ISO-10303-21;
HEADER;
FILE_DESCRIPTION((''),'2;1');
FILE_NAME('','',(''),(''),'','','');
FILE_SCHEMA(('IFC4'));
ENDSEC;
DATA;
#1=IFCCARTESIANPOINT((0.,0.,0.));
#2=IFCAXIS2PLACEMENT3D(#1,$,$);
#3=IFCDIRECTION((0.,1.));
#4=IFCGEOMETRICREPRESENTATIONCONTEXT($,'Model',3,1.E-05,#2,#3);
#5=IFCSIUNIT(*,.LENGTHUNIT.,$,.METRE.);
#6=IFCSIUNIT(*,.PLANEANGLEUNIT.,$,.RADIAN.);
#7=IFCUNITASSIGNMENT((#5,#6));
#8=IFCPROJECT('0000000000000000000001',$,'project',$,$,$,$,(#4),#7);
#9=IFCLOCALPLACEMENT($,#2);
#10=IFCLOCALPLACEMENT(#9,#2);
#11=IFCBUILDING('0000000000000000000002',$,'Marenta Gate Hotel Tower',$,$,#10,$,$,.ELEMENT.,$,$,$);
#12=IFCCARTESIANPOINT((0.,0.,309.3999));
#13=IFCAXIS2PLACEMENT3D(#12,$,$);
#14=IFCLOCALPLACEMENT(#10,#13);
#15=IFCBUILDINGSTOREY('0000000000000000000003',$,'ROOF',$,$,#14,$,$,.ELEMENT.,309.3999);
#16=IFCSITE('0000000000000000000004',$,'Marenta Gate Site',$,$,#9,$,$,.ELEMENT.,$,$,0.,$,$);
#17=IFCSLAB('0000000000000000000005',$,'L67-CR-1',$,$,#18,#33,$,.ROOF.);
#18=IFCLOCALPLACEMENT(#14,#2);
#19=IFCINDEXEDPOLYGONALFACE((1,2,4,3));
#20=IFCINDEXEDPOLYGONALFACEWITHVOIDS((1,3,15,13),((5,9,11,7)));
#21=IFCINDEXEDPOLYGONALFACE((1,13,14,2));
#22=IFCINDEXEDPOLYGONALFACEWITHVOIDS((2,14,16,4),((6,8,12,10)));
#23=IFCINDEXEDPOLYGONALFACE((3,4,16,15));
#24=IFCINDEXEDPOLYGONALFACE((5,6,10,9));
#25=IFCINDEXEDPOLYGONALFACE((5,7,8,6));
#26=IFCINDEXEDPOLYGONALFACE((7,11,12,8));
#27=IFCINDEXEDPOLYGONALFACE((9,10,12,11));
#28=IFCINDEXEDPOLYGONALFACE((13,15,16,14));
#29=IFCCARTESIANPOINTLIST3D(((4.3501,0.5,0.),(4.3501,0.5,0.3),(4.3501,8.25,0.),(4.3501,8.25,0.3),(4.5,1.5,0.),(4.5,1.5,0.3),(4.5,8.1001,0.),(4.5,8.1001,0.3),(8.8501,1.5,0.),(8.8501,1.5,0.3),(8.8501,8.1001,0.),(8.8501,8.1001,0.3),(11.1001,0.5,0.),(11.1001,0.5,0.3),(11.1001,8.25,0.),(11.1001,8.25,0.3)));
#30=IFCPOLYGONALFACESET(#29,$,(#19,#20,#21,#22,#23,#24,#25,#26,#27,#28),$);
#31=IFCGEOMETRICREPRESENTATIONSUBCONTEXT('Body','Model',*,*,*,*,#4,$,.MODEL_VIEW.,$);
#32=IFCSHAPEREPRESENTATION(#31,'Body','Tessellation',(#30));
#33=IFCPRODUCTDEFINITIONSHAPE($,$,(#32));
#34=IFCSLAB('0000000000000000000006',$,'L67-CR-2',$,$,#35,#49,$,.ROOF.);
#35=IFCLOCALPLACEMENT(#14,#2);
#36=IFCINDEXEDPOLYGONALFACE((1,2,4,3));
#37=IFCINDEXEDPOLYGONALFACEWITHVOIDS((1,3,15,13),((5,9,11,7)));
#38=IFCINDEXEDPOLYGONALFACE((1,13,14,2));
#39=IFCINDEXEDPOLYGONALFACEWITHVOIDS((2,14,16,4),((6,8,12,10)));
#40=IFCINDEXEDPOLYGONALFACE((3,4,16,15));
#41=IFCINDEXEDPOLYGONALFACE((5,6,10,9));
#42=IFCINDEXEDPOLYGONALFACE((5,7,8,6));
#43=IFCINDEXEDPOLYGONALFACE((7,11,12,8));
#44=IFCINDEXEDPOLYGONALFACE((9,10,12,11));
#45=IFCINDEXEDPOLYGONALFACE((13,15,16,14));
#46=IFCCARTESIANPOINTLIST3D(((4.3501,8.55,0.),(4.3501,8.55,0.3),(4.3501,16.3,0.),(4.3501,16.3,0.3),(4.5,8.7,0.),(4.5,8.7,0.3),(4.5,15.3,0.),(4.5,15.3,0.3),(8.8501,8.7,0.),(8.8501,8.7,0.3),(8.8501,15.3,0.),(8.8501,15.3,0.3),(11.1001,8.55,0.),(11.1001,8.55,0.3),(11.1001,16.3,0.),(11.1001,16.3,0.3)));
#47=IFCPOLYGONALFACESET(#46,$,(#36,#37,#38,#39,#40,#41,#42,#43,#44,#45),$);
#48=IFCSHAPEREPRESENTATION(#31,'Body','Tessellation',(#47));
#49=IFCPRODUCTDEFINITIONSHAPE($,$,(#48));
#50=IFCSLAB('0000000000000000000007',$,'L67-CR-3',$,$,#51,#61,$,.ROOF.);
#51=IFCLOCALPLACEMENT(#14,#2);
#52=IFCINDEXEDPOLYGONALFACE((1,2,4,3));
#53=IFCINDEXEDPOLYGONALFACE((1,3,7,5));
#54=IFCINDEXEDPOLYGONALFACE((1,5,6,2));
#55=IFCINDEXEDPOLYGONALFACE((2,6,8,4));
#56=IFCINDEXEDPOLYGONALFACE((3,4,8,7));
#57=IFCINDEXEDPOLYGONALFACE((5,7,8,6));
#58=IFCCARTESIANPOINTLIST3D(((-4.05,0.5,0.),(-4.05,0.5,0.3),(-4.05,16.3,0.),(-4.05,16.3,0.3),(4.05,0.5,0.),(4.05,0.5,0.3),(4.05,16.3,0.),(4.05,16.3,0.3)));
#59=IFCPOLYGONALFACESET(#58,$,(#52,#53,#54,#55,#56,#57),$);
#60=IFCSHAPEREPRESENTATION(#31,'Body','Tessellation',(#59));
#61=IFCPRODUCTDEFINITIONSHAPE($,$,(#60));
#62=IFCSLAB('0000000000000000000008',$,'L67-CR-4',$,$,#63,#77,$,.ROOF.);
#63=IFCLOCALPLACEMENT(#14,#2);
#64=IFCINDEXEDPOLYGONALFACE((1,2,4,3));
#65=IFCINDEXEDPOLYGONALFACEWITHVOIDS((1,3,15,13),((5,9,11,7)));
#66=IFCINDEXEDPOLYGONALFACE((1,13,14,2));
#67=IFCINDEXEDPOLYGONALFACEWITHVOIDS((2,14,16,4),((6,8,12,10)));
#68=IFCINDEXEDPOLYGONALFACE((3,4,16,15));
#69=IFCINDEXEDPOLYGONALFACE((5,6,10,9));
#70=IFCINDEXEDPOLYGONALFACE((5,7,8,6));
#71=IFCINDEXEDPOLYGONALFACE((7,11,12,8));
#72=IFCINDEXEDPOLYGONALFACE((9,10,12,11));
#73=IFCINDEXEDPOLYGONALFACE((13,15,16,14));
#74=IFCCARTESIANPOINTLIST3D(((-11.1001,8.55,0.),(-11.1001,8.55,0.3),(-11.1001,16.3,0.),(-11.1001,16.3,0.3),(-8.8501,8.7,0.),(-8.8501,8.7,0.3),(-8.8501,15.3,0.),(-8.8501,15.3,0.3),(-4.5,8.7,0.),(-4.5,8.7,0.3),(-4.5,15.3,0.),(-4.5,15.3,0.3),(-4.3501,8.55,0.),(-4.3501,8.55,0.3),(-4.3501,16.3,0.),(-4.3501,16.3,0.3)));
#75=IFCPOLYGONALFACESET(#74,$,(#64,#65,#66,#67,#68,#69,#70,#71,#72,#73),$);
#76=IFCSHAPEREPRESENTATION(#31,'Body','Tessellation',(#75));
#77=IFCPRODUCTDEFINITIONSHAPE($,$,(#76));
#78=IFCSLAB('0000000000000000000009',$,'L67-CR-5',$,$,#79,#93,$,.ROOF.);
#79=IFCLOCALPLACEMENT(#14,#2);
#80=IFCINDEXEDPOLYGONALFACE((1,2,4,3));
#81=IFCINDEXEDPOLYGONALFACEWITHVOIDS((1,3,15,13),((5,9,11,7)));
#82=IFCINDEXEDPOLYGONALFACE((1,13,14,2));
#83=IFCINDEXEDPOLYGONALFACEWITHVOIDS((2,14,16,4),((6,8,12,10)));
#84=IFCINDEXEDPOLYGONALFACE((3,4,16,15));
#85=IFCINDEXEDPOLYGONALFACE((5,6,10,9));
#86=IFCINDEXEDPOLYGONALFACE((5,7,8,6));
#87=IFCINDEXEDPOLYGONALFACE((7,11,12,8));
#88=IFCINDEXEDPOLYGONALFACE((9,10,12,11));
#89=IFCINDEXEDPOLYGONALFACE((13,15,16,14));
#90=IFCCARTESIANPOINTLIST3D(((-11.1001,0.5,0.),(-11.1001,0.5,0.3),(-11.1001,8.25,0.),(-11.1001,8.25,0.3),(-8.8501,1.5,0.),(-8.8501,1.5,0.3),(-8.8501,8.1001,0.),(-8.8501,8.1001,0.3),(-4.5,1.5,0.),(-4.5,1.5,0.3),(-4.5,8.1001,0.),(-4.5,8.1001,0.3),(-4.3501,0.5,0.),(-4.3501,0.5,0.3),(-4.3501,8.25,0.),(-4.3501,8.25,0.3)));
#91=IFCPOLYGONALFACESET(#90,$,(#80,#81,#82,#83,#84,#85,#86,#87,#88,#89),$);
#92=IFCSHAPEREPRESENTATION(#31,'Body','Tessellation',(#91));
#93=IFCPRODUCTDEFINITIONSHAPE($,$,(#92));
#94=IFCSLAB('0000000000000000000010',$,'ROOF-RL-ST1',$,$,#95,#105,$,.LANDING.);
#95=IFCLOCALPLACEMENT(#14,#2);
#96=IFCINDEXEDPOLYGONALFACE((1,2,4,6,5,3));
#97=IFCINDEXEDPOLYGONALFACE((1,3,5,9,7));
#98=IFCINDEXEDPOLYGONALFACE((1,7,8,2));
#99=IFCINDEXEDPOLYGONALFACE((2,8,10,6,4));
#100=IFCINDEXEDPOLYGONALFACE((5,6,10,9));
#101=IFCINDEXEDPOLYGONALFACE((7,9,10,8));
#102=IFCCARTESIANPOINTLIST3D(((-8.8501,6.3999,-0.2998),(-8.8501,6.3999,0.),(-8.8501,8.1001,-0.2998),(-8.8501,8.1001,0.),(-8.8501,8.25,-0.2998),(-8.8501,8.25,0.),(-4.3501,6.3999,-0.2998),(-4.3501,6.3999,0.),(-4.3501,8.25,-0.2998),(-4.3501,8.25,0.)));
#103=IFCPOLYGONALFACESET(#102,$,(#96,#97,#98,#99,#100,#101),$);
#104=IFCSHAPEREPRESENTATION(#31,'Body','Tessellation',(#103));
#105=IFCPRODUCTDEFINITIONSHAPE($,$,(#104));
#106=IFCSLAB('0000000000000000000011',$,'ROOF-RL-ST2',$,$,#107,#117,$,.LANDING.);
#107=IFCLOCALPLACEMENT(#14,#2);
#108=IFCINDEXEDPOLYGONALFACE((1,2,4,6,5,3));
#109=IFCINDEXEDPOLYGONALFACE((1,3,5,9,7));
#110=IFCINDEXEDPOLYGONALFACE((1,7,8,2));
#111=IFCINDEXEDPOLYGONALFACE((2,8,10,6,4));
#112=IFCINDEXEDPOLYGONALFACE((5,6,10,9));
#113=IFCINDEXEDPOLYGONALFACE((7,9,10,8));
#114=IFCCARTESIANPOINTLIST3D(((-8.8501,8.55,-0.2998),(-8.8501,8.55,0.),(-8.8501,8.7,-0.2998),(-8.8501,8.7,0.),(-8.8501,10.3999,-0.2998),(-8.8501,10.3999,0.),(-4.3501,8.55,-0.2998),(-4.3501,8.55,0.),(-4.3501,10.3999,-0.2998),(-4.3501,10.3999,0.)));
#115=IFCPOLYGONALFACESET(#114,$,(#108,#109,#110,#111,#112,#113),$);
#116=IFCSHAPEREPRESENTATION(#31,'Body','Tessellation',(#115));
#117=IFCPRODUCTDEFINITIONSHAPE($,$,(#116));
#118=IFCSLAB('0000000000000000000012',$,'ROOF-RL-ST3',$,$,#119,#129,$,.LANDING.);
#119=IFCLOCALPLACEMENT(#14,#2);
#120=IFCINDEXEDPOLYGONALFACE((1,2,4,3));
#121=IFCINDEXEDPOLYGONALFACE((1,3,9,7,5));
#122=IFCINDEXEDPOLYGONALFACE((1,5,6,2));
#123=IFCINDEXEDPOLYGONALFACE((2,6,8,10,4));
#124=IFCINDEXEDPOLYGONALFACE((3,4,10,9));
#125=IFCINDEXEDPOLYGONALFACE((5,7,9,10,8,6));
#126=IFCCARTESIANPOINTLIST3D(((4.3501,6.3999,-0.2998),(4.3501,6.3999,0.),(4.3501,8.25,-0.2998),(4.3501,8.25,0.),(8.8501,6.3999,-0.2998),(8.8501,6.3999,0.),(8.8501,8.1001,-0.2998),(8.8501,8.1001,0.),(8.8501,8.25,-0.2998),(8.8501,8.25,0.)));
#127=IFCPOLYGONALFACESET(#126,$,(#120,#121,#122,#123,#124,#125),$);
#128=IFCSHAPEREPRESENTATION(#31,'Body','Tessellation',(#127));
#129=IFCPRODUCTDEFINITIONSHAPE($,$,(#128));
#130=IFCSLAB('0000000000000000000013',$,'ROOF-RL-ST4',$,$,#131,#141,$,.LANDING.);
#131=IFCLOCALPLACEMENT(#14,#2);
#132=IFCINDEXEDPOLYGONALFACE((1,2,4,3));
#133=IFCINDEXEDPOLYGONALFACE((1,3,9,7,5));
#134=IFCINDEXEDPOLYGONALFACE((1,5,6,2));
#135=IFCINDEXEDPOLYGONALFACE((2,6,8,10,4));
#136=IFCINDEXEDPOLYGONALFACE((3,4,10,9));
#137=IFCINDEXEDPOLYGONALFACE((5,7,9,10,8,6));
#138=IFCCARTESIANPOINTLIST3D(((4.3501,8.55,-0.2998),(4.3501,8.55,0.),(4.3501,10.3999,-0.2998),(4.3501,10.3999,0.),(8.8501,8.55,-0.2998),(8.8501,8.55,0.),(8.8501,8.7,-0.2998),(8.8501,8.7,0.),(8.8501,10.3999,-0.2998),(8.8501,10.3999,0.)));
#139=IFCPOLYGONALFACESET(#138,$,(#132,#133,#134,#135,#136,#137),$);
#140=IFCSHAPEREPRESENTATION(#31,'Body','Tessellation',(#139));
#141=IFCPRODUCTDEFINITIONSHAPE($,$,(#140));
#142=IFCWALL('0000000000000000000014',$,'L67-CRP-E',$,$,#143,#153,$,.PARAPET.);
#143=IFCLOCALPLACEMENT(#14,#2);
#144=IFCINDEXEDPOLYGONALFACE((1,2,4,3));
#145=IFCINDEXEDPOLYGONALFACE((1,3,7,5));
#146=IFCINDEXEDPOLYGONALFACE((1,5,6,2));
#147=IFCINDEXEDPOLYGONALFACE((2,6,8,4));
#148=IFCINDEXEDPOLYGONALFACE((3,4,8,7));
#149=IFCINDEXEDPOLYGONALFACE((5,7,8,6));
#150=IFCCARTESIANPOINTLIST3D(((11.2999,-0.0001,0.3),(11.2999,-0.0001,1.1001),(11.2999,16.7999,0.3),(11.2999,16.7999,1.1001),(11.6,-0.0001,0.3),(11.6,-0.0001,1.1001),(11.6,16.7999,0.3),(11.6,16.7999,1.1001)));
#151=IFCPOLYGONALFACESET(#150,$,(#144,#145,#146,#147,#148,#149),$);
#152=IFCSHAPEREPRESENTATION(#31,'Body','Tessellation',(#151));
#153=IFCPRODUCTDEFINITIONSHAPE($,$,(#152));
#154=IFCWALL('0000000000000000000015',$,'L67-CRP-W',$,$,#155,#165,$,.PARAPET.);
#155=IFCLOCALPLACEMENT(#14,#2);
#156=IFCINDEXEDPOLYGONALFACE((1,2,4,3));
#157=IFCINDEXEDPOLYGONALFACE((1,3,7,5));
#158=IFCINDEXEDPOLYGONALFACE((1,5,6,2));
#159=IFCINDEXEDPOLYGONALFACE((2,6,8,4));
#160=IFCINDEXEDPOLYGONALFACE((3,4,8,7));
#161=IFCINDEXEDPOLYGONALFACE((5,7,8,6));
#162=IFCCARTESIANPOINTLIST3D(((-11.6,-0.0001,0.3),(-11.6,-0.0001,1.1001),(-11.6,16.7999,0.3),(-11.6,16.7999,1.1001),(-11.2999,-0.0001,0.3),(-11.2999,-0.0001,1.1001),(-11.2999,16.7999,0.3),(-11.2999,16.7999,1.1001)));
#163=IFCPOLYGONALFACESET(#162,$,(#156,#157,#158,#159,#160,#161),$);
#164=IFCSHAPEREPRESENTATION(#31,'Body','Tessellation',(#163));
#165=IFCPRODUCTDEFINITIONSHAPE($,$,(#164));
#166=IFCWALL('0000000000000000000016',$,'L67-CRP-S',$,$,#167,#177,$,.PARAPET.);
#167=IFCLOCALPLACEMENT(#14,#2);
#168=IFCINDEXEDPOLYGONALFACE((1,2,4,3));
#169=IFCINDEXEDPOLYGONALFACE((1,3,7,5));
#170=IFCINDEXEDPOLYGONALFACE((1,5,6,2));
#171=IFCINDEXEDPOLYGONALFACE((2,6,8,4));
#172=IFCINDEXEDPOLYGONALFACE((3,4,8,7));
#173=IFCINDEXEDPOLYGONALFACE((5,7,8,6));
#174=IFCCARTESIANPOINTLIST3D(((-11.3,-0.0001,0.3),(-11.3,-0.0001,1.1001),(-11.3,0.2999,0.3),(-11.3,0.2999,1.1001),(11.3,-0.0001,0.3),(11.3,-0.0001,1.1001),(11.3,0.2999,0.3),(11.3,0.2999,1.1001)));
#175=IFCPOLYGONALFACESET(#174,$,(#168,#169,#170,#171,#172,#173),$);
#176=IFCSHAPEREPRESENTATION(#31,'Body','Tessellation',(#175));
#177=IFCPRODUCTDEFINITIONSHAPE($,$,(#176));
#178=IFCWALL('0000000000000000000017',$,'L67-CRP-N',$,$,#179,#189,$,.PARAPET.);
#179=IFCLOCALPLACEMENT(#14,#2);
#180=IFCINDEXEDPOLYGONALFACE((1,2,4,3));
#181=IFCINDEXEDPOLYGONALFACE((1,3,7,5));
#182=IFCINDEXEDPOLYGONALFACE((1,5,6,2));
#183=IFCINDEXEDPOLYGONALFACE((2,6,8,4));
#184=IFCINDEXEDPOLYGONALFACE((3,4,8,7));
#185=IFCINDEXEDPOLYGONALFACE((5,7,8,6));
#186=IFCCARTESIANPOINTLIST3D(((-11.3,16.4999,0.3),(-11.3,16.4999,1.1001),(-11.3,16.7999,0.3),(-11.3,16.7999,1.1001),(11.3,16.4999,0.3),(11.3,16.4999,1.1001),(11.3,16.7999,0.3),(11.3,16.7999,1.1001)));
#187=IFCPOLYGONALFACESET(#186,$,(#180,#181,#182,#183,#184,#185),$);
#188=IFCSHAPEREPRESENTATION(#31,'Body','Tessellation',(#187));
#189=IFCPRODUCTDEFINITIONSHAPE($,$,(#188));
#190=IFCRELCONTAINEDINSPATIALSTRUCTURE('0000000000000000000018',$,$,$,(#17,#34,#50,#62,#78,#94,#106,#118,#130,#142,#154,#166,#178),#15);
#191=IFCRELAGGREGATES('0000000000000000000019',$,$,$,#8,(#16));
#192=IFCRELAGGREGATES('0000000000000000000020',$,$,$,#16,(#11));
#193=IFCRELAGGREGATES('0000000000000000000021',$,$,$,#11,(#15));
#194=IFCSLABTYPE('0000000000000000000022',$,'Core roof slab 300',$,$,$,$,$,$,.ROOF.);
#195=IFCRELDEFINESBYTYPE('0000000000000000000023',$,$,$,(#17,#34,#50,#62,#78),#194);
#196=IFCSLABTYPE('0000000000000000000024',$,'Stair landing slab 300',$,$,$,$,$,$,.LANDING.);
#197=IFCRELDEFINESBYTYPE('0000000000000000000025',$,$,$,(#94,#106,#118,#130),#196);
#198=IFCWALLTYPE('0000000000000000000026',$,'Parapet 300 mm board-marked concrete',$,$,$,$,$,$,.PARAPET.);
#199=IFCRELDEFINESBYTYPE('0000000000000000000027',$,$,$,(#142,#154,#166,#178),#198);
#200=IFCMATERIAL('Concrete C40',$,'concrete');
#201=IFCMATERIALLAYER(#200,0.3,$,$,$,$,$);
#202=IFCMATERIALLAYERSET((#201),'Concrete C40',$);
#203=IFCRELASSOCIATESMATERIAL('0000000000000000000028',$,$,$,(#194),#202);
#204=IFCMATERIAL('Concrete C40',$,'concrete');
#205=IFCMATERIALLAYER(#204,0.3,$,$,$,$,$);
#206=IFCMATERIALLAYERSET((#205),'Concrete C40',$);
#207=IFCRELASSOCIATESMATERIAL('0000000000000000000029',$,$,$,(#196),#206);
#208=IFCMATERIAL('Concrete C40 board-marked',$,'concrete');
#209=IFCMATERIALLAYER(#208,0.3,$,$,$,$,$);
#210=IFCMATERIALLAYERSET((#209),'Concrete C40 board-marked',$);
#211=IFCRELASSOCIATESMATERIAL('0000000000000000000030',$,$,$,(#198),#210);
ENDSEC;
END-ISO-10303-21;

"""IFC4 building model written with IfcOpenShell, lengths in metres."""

from ifc_helpers import new_model, si_unit, direction, frame, frame_2d, origin, place, context, subcontext, project, spatial, polyline, rectangle, outline, extrude, material, layer, layer_set, type_object, element, save


model = new_model("IFC4")

# Units and contexts
model_context = context("Model", 3, precision=1e-05, world=origin(), true_north=direction((0.0, 1.0)))
body_context = subcontext(model_context, "Body", "Model", "MODEL_VIEW")
ifc_project = project(units=[si_unit("LENGTHUNIT", "METRE"), si_unit("PLANEANGLEUNIT", "RADIAN")], contexts=[model_context])

# Site, building, storey
site_placement = place(None, origin())
site = spatial("IfcSite", under=ifc_project, at=site_placement, Name="Marenta Gate Site", CompositionType="ELEMENT", RefElevation=0.0)
building_placement = place(site_placement, origin())
building = spatial("IfcBuilding", under=site, at=building_placement, Name="Marenta Gate Hotel Tower", CompositionType="ELEMENT")
storey_placement = place(building_placement, frame((0.0, 0.0, 309.3999)))
storey = spatial("IfcBuildingStorey", under=building, at=storey_placement, Name="ROOF", CompositionType="ELEMENT", Elevation=309.3999)

# Slabs
ifc_material_1 = material(Name="Concrete C40", Category="concrete")
ifc_layer_1 = layer(ifc_material_1, 0.3)
ifc_layer_set_1 = layer_set([ifc_layer_1], Name="Concrete C40")
slab_type_1 = type_object("IfcSlabType", Name="Core roof slab 300", PredefinedType="ROOF", material=ifc_layer_set_1)
slab_1_placement = place(storey_placement, origin())
element("IfcSlab", 1, at=slab_1_placement, inside=storey, type_object=slab_type_1, Name="L67-CR-1", PredefinedType="ROOF", context=body_context, shape_type="SweptSolid", body=[
    extrude(outline(polyline([(4.3501, 0.5), (4.3501, 8.25), (11.1001, 8.25), (11.1001, 0.5), (4.3501, 0.5)]), holes=[polyline([(8.8501, 8.1001), (4.5, 8.1001), (4.5, 1.5), (8.8501, 1.5), (8.8501, 8.1001)])]), origin(), (0.0, 0.0, 1.0), 0.3),
])
slab_2_placement = place(storey_placement, origin())
element("IfcSlab", 2, at=slab_2_placement, inside=storey, type_object=slab_type_1, Name="L67-CR-2", PredefinedType="ROOF", context=body_context, shape_type="SweptSolid", body=[
    extrude(outline(polyline([(4.3501, 8.55), (4.3501, 16.3), (11.1001, 16.3), (11.1001, 8.55), (4.3501, 8.55)]), holes=[polyline([(8.8501, 15.3), (4.5, 15.3), (4.5, 8.7), (8.8501, 8.7), (8.8501, 15.3)])]), origin(), (0.0, 0.0, 1.0), 0.3),
])
slab_3_placement = place(storey_placement, origin())
element("IfcSlab", 3, at=slab_3_placement, inside=storey, type_object=slab_type_1, Name="L67-CR-3", PredefinedType="ROOF", context=body_context, shape_type="SweptSolid", body=[
    extrude(outline(polyline([(4.05, 16.3), (4.05, 0.5), (-4.05, 0.5), (-4.05, 16.3), (4.05, 16.3)])), origin(), (0.0, 0.0, 1.0), 0.3),
])
slab_4_placement = place(storey_placement, origin())
element("IfcSlab", 4, at=slab_4_placement, inside=storey, type_object=slab_type_1, Name="L67-CR-4", PredefinedType="ROOF", context=body_context, shape_type="SweptSolid", body=[
    extrude(outline(polyline([(-4.3501, 8.55), (-11.1001, 8.55), (-11.1001, 16.3), (-4.3501, 16.3), (-4.3501, 8.55)]), holes=[polyline([(-4.5, 15.3), (-8.8501, 15.3), (-8.8501, 8.7), (-4.5, 8.7), (-4.5, 15.3)])]), origin(), (0.0, 0.0, 1.0), 0.3),
])
slab_5_placement = place(storey_placement, origin())
element("IfcSlab", 5, at=slab_5_placement, inside=storey, type_object=slab_type_1, Name="L67-CR-5", PredefinedType="ROOF", context=body_context, shape_type="SweptSolid", body=[
    extrude(outline(polyline([(-4.3501, 8.25), (-4.3501, 0.5), (-11.1001, 0.5), (-11.1001, 8.25), (-4.3501, 8.25)]), holes=[polyline([(-4.5, 8.1001), (-8.8501, 8.1001), (-8.8501, 1.5), (-4.5, 1.5), (-4.5, 8.1001)])]), origin(), (0.0, 0.0, 1.0), 0.3),
])
ifc_material_2 = material(Name="Concrete C40", Category="concrete")
ifc_layer_2 = layer(ifc_material_2, 0.3)
ifc_layer_set_2 = layer_set([ifc_layer_2], Name="Concrete C40")
slab_type_2 = type_object("IfcSlabType", Name="Stair landing slab 300", PredefinedType="LANDING", material=ifc_layer_set_2)
slab_6_placement = place(storey_placement, frame((0.0, 0.0, -0.2998)))
element("IfcSlab", 6, at=slab_6_placement, inside=storey, type_object=slab_type_2, Name="ROOF-RL-ST1", PredefinedType="LANDING", context=body_context, shape_type="SweptSolid", body=[
    extrude(outline(polyline([(-4.3501, 6.3999), (-8.8501, 6.3999), (-8.8501, 8.1001), (-8.8501, 8.25), (-4.3501, 8.25), (-4.3501, 6.3999)])), origin(), (0.0, 0.0, 1.0), 0.2998),
])
slab_7_placement = place(storey_placement, frame((0.0, 0.0, -0.2998)))
element("IfcSlab", 7, at=slab_7_placement, inside=storey, type_object=slab_type_2, Name="ROOF-RL-ST2", PredefinedType="LANDING", context=body_context, shape_type="SweptSolid", body=[
    extrude(outline(polyline([(-4.3501, 8.55), (-8.8501, 8.55), (-8.8501, 8.7), (-8.8501, 10.3999), (-4.3501, 10.3999), (-4.3501, 8.55)])), origin(), (0.0, 0.0, 1.0), 0.2998),
])
slab_8_placement = place(storey_placement, frame((0.0, 0.0, -0.2998)))
element("IfcSlab", 8, at=slab_8_placement, inside=storey, type_object=slab_type_2, Name="ROOF-RL-ST3", PredefinedType="LANDING", context=body_context, shape_type="SweptSolid", body=[
    extrude(outline(polyline([(4.3501, 6.3999), (4.3501, 8.25), (8.8501, 8.25), (8.8501, 8.1001), (8.8501, 6.3999), (4.3501, 6.3999)])), origin(), (0.0, 0.0, 1.0), 0.2998),
])
slab_9_placement = place(storey_placement, frame((0.0, 0.0, -0.2998)))
element("IfcSlab", 9, at=slab_9_placement, inside=storey, type_object=slab_type_2, Name="ROOF-RL-ST4", PredefinedType="LANDING", context=body_context, shape_type="SweptSolid", body=[
    extrude(outline(polyline([(4.3501, 8.55), (4.3501, 10.3999), (8.8501, 10.3999), (8.8501, 8.7), (8.8501, 8.55), (4.3501, 8.55)])), origin(), (0.0, 0.0, 1.0), 0.2998),
])

# Walls
ifc_material_3 = material(Name="Concrete C40 board-marked", Category="concrete")
ifc_layer_3 = layer(ifc_material_3, 0.3)
ifc_layer_set_3 = layer_set([ifc_layer_3], Name="Concrete C40 board-marked")
wall_type_1 = type_object("IfcWallType", Name="Parapet 300 mm board-marked concrete", PredefinedType="PARAPET", material=ifc_layer_set_3)
for number, where, z_axis, x_axis, name in (
    (10, (11.45, 0.0, 0.3), (0.0, 0.0, 1.0), (0.0, 1.0, 0.0), "L67-CRP-E"),
    (11, (-11.45, 0.0, 0.3), (0.0, 0.0, 1.0), (0.0, 1.0, 0.0), "L67-CRP-W"),
):
    element("IfcWall", number, at=place(storey_placement, frame(where, z_axis=z_axis, x_axis=x_axis)), inside=storey, type_object=wall_type_1, Name=name, PredefinedType="PARAPET", context=body_context, shape_type="SweptSolid", body=[
        extrude(rectangle(XDim=16.8, YDim=0.3, at=frame_2d((8.3999, 0.0))), origin(), (0.0, 0.0, 1.0), 0.8),
    ])
for number, where, z_axis, x_axis, name in (
    (12, (-11.3, 0.1499, 0.3), (0.0, 0.0, 1.0), (1.0, 0.0, 0.0), "L67-CRP-S"),
    (13, (-11.3, 16.6499, 0.3), (0.0, 0.0, 1.0), (1.0, 0.0, 0.0), "L67-CRP-N"),
):
    element("IfcWall", number, at=place(storey_placement, frame(where, z_axis=z_axis, x_axis=x_axis)), inside=storey, type_object=wall_type_1, Name=name, PredefinedType="PARAPET", context=body_context, shape_type="SweptSolid", body=[
        extrude(rectangle(XDim=22.6001, YDim=0.3, at=frame_2d((11.3, 0.0))), origin(), (0.0, 0.0, 1.0), 0.8),
    ])

save(model, "model.ifc")
